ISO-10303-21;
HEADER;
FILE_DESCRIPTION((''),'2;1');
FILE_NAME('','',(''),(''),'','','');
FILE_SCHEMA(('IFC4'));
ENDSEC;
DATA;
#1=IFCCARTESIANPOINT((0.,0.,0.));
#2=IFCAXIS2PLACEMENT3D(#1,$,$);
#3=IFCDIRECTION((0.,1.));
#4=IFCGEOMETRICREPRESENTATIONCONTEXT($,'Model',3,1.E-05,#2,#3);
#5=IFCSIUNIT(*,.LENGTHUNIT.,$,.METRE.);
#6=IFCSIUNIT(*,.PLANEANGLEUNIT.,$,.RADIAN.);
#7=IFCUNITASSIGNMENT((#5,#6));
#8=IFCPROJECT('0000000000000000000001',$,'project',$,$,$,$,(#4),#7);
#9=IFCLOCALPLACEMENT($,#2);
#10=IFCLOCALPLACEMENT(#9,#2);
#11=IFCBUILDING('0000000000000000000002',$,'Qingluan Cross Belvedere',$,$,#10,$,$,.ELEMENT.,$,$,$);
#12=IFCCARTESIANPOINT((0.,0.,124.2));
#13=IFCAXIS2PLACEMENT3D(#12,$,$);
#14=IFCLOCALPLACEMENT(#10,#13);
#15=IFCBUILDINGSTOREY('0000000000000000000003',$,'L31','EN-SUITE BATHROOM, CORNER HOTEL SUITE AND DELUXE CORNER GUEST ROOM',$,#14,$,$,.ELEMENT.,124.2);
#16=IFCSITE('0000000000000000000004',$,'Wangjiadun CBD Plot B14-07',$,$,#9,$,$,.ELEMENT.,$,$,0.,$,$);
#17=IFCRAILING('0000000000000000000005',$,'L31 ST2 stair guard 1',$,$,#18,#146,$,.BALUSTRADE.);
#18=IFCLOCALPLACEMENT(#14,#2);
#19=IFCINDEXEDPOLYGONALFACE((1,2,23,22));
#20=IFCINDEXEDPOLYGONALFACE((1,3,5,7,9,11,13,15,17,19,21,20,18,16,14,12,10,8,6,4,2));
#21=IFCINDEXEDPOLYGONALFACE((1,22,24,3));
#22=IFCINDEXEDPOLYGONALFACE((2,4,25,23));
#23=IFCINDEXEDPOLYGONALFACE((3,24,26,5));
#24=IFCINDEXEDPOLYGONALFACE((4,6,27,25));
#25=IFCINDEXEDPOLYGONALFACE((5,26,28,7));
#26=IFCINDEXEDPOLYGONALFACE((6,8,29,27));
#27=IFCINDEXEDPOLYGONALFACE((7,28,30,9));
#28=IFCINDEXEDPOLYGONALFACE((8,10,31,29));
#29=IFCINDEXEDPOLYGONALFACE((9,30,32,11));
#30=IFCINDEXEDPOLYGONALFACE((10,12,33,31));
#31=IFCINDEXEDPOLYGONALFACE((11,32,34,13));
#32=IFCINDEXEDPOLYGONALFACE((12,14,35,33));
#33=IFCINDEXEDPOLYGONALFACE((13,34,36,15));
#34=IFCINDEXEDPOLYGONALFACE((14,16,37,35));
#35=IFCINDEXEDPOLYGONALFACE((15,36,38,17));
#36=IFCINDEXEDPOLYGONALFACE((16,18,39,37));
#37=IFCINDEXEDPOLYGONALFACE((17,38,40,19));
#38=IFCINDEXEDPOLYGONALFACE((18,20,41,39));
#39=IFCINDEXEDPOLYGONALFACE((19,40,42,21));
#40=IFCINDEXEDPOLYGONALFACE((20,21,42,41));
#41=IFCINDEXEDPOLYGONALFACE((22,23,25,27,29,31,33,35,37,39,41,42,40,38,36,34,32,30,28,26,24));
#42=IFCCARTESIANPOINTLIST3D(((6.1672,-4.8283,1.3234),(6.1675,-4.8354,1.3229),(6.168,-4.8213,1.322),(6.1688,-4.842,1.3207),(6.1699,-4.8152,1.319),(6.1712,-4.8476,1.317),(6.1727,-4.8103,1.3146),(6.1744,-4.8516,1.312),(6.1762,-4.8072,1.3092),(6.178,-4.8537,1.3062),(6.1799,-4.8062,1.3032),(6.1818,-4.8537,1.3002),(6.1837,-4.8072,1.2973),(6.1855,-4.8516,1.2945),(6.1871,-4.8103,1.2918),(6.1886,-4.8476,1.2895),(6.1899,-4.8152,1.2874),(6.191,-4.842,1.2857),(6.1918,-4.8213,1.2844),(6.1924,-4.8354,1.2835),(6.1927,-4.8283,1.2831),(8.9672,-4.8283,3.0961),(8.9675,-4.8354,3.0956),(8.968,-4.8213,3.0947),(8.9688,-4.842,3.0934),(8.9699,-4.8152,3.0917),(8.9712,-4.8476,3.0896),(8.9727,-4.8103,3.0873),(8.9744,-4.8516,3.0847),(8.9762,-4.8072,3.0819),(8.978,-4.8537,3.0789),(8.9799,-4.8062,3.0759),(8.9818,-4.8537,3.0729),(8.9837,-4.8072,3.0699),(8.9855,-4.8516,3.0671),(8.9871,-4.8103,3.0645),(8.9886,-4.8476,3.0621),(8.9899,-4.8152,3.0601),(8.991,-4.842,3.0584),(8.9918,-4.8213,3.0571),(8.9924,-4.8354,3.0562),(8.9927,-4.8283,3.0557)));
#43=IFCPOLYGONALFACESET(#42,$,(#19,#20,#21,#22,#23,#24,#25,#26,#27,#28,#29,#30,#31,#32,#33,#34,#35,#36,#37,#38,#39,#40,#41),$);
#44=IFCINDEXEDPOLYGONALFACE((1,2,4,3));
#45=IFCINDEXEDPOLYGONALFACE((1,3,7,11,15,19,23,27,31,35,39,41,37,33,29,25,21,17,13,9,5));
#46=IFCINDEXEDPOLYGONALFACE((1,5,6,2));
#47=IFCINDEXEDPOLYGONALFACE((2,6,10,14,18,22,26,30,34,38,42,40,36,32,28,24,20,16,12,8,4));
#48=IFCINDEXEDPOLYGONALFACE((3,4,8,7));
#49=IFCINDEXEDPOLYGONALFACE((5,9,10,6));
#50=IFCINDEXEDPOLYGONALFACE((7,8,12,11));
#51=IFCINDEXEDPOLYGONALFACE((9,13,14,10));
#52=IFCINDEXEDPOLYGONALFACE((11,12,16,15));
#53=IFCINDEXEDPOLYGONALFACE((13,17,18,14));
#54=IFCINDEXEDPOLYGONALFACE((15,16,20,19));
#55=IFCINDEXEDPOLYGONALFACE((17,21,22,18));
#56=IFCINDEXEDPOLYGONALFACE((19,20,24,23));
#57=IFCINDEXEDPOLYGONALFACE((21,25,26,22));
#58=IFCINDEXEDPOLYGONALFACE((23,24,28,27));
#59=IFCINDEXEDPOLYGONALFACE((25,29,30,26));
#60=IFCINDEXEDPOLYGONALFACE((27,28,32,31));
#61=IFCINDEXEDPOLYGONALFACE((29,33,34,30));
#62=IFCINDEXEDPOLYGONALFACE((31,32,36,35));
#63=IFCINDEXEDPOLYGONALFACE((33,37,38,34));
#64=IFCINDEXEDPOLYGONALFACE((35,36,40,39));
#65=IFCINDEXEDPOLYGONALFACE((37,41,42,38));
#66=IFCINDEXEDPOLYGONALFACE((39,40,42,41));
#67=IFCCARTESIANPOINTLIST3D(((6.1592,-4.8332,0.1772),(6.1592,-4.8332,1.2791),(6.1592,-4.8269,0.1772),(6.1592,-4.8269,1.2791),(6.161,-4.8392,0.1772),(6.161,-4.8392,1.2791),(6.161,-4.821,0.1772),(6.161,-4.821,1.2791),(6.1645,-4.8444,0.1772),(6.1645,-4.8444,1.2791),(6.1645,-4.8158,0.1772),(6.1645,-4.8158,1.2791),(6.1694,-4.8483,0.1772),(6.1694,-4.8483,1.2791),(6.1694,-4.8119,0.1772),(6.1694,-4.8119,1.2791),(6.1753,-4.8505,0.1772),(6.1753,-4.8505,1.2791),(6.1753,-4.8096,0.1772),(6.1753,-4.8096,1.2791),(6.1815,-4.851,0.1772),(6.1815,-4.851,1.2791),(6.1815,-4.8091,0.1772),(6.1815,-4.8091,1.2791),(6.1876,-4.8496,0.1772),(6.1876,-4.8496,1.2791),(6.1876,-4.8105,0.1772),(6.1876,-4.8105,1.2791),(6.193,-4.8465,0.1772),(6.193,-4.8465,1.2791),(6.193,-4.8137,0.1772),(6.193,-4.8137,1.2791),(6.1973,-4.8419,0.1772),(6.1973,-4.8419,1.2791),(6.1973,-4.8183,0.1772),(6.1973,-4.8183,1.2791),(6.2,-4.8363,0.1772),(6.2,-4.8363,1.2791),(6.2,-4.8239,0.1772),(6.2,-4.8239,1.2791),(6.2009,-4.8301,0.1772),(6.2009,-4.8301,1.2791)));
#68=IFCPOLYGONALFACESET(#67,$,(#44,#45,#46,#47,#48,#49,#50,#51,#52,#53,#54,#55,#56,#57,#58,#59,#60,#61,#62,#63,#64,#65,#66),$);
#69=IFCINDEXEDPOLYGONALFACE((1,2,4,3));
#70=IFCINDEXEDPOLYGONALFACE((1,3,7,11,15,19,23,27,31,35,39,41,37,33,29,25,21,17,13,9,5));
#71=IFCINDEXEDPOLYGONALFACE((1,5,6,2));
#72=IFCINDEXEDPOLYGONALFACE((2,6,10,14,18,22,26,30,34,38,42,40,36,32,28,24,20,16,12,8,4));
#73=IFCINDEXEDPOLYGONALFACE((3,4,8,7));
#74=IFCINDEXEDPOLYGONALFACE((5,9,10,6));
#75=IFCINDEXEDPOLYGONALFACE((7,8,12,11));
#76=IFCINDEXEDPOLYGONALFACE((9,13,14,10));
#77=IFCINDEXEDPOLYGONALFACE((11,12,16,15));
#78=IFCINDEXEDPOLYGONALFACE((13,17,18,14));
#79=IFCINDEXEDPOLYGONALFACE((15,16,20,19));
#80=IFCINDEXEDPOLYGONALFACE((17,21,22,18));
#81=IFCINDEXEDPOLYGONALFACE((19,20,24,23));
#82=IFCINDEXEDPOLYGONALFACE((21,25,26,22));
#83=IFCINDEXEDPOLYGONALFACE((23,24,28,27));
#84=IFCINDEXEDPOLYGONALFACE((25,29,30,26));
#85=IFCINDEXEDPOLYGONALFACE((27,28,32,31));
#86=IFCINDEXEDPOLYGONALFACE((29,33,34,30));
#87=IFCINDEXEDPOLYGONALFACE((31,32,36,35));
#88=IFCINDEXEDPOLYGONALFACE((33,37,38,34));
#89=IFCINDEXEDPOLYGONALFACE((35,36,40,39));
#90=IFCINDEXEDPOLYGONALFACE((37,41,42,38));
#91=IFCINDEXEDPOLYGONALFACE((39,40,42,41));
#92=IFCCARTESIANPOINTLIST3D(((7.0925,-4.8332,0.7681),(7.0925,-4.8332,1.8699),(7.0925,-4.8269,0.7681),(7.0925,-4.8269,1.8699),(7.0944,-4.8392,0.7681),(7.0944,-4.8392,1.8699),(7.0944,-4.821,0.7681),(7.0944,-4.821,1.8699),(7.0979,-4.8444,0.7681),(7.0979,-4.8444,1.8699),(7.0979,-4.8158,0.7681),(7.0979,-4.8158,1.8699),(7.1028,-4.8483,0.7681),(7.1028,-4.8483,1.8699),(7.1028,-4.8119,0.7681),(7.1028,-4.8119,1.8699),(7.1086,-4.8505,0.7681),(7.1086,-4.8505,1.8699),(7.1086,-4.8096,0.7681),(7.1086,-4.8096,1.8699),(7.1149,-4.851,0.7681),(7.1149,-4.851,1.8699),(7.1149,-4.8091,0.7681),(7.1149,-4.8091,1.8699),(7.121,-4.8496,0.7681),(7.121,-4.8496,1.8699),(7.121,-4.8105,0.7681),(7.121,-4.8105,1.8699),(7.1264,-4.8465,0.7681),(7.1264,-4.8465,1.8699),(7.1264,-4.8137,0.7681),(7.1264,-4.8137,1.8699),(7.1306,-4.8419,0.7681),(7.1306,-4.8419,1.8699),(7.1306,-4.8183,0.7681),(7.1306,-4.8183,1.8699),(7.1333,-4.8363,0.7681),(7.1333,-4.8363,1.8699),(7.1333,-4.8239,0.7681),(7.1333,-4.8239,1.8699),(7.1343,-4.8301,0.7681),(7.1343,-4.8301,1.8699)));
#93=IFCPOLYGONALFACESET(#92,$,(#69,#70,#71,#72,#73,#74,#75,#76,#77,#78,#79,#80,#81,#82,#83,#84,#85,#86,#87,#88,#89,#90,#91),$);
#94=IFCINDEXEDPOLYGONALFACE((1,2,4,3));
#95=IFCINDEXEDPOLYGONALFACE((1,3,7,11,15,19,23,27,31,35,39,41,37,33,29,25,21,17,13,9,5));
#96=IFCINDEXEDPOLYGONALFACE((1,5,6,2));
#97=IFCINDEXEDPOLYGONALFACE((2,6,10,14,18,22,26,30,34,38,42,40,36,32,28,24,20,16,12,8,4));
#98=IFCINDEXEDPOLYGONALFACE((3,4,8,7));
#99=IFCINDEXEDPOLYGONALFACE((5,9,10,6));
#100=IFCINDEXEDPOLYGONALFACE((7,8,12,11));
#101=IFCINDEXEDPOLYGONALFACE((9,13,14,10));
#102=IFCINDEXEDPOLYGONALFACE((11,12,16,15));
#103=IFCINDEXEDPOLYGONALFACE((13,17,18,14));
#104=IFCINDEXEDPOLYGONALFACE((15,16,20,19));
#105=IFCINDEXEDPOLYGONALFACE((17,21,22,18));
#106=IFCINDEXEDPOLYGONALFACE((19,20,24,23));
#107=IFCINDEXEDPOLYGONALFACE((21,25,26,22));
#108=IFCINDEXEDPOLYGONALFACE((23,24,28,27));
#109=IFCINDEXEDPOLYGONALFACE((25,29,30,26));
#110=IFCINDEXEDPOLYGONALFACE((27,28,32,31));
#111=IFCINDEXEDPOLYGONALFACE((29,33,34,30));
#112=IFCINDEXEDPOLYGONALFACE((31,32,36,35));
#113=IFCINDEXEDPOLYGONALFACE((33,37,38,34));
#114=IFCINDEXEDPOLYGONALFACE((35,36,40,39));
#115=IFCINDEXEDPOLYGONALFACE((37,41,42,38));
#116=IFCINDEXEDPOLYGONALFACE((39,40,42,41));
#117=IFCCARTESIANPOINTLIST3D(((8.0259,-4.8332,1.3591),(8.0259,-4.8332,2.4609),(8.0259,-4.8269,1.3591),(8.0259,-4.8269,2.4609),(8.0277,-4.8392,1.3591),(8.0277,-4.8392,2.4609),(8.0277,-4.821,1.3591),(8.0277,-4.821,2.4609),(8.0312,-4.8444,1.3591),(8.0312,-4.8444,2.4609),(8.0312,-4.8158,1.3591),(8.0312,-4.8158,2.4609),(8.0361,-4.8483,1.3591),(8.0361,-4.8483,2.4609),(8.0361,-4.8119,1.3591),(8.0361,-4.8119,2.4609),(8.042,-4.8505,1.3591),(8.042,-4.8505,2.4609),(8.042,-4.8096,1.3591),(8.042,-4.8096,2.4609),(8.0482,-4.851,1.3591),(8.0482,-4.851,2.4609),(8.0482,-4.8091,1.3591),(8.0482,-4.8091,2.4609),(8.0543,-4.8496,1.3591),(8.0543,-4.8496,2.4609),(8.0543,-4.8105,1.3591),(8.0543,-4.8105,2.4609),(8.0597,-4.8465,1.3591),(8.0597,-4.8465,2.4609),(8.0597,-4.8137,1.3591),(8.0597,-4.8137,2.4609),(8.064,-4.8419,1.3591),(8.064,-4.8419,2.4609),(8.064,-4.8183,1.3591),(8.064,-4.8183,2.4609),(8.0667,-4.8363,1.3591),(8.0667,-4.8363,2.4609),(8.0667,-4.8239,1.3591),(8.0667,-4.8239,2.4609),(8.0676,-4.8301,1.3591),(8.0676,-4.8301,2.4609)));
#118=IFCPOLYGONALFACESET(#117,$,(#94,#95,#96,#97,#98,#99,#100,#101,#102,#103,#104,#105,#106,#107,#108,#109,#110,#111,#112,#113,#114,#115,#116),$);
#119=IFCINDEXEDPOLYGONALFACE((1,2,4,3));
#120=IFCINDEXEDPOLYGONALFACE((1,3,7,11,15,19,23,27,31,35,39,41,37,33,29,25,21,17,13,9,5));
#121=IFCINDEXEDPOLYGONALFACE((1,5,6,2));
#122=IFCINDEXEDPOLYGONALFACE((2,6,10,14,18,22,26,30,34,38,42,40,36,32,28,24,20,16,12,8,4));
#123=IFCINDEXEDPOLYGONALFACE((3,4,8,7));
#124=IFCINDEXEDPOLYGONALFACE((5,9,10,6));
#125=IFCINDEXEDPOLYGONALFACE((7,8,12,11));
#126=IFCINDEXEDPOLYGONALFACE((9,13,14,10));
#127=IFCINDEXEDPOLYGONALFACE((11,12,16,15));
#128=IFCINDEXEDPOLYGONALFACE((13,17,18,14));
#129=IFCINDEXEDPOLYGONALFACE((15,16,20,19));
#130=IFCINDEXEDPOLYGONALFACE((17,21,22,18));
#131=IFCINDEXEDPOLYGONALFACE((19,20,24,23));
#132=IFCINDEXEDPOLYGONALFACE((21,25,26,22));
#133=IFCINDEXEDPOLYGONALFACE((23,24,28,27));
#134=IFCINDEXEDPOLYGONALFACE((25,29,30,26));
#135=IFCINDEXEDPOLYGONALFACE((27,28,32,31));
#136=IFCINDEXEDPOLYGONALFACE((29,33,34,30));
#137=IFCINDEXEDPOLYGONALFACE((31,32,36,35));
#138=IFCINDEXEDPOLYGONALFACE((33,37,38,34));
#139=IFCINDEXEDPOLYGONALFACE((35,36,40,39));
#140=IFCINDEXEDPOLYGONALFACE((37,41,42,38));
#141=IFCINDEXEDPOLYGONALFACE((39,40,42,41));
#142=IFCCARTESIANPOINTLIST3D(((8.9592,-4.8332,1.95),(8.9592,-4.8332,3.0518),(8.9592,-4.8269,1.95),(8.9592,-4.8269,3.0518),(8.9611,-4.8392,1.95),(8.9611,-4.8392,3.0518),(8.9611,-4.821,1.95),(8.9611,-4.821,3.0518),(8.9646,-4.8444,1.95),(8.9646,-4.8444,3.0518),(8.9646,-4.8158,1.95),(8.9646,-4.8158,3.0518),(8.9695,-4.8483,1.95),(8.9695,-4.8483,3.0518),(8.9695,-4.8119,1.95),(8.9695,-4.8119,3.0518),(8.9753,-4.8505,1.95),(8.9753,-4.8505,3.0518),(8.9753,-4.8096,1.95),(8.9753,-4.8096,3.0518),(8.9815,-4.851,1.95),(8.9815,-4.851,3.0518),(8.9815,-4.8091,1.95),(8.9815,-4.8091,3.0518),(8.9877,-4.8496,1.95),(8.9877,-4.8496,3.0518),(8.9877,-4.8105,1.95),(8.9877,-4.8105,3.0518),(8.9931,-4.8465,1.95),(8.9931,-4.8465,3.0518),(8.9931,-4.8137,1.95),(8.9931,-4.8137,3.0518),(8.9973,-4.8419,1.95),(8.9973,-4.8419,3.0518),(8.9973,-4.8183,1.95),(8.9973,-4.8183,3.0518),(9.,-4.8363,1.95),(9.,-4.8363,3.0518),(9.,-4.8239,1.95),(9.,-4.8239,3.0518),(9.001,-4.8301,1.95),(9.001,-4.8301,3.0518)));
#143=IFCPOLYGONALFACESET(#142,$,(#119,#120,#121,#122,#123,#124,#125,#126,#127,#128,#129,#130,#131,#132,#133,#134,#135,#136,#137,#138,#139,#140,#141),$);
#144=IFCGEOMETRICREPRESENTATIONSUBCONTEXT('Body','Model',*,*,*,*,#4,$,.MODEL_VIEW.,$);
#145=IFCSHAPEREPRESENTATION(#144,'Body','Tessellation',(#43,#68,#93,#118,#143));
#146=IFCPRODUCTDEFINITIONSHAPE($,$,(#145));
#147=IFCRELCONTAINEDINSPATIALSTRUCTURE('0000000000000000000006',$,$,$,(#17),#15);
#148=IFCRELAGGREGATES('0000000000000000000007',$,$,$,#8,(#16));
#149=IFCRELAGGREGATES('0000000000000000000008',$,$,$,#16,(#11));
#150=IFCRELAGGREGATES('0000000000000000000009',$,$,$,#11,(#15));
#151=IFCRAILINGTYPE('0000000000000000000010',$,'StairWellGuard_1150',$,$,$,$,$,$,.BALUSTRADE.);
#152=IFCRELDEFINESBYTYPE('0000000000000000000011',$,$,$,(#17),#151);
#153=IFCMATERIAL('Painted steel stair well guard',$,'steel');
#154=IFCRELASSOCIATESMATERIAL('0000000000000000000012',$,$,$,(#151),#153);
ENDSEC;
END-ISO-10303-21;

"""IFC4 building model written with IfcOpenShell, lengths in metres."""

from ifc_helpers import new_model, si_unit, direction, frame, origin, origin_2d, place, context, subcontext, project, spatial, circle, extrude, material, type_object, element, save


model = new_model("IFC4")

# Units and contexts
model_context = context("Model", 3, precision=1e-05, world=origin(), true_north=direction((0.0, 1.0)))
body_context = subcontext(model_context, "Body", "Model", "MODEL_VIEW")
ifc_project = project(units=[si_unit("LENGTHUNIT", "METRE"), si_unit("PLANEANGLEUNIT", "RADIAN")], contexts=[model_context])

# Site, building, storey
site_placement = place(None, origin())
site = spatial("IfcSite", under=ifc_project, at=site_placement, Name="Wangjiadun CBD Plot B14-07", CompositionType="ELEMENT", RefElevation=0.0)
building_placement = place(site_placement, origin())
building = spatial("IfcBuilding", under=site, at=building_placement, Name="Qingluan Cross Belvedere", CompositionType="ELEMENT")
storey_placement = place(building_placement, frame((0.0, 0.0, 124.2)))
storey = spatial("IfcBuildingStorey", under=building, at=storey_placement, Name="L31", Description="EN-SUITE BATHROOM, CORNER HOTEL SUITE AND DELUXE CORNER GUEST ROOM", CompositionType="ELEMENT", Elevation=124.2)

# Railing
ifc_material_1 = material(Name="Painted steel stair well guard", Category="steel")
railing_type_1 = type_object("IfcRailingType", Name="StairWellGuard_1150", PredefinedType="BALUSTRADE", material=ifc_material_1)
railing_1_placement = place(storey_placement, frame((6.1799, -4.8301, 0.1772)))
element("IfcRailing", 1, at=railing_1_placement, inside=storey, type_object=railing_type_1, Name="L31 ST2 stair guard 1", PredefinedType="BALUSTRADE", context=body_context, shape_type="SweptSolid", body=[
    extrude(circle(Radius=0.0239, at=origin_2d()), frame((0.0, 0.0, 1.126), z_axis=(0.844909, 0.0, 0.53491), x_axis=(0.0, 1.0, 0.0)), (0.0, 0.0, 1.0), 3.314),
    extrude(circle(Radius=0.021, at=origin_2d()), origin(), (0.0, 0.0, 1.0), 1.1018),
    extrude(circle(Radius=0.021, at=origin_2d()), frame((0.9333, 0.0, 0.5908)), (0.0, 0.0, 1.0), 1.1018),
    extrude(circle(Radius=0.021, at=origin_2d()), frame((1.8667, 0.0, 1.1819)), (0.0, 0.0, 1.0), 1.1018),
    extrude(circle(Radius=0.021, at=origin_2d()), frame((2.8, 0.0, 1.7727)), (0.0, 0.0, 1.0), 1.1018),
])

save(model, "model.ifc")
